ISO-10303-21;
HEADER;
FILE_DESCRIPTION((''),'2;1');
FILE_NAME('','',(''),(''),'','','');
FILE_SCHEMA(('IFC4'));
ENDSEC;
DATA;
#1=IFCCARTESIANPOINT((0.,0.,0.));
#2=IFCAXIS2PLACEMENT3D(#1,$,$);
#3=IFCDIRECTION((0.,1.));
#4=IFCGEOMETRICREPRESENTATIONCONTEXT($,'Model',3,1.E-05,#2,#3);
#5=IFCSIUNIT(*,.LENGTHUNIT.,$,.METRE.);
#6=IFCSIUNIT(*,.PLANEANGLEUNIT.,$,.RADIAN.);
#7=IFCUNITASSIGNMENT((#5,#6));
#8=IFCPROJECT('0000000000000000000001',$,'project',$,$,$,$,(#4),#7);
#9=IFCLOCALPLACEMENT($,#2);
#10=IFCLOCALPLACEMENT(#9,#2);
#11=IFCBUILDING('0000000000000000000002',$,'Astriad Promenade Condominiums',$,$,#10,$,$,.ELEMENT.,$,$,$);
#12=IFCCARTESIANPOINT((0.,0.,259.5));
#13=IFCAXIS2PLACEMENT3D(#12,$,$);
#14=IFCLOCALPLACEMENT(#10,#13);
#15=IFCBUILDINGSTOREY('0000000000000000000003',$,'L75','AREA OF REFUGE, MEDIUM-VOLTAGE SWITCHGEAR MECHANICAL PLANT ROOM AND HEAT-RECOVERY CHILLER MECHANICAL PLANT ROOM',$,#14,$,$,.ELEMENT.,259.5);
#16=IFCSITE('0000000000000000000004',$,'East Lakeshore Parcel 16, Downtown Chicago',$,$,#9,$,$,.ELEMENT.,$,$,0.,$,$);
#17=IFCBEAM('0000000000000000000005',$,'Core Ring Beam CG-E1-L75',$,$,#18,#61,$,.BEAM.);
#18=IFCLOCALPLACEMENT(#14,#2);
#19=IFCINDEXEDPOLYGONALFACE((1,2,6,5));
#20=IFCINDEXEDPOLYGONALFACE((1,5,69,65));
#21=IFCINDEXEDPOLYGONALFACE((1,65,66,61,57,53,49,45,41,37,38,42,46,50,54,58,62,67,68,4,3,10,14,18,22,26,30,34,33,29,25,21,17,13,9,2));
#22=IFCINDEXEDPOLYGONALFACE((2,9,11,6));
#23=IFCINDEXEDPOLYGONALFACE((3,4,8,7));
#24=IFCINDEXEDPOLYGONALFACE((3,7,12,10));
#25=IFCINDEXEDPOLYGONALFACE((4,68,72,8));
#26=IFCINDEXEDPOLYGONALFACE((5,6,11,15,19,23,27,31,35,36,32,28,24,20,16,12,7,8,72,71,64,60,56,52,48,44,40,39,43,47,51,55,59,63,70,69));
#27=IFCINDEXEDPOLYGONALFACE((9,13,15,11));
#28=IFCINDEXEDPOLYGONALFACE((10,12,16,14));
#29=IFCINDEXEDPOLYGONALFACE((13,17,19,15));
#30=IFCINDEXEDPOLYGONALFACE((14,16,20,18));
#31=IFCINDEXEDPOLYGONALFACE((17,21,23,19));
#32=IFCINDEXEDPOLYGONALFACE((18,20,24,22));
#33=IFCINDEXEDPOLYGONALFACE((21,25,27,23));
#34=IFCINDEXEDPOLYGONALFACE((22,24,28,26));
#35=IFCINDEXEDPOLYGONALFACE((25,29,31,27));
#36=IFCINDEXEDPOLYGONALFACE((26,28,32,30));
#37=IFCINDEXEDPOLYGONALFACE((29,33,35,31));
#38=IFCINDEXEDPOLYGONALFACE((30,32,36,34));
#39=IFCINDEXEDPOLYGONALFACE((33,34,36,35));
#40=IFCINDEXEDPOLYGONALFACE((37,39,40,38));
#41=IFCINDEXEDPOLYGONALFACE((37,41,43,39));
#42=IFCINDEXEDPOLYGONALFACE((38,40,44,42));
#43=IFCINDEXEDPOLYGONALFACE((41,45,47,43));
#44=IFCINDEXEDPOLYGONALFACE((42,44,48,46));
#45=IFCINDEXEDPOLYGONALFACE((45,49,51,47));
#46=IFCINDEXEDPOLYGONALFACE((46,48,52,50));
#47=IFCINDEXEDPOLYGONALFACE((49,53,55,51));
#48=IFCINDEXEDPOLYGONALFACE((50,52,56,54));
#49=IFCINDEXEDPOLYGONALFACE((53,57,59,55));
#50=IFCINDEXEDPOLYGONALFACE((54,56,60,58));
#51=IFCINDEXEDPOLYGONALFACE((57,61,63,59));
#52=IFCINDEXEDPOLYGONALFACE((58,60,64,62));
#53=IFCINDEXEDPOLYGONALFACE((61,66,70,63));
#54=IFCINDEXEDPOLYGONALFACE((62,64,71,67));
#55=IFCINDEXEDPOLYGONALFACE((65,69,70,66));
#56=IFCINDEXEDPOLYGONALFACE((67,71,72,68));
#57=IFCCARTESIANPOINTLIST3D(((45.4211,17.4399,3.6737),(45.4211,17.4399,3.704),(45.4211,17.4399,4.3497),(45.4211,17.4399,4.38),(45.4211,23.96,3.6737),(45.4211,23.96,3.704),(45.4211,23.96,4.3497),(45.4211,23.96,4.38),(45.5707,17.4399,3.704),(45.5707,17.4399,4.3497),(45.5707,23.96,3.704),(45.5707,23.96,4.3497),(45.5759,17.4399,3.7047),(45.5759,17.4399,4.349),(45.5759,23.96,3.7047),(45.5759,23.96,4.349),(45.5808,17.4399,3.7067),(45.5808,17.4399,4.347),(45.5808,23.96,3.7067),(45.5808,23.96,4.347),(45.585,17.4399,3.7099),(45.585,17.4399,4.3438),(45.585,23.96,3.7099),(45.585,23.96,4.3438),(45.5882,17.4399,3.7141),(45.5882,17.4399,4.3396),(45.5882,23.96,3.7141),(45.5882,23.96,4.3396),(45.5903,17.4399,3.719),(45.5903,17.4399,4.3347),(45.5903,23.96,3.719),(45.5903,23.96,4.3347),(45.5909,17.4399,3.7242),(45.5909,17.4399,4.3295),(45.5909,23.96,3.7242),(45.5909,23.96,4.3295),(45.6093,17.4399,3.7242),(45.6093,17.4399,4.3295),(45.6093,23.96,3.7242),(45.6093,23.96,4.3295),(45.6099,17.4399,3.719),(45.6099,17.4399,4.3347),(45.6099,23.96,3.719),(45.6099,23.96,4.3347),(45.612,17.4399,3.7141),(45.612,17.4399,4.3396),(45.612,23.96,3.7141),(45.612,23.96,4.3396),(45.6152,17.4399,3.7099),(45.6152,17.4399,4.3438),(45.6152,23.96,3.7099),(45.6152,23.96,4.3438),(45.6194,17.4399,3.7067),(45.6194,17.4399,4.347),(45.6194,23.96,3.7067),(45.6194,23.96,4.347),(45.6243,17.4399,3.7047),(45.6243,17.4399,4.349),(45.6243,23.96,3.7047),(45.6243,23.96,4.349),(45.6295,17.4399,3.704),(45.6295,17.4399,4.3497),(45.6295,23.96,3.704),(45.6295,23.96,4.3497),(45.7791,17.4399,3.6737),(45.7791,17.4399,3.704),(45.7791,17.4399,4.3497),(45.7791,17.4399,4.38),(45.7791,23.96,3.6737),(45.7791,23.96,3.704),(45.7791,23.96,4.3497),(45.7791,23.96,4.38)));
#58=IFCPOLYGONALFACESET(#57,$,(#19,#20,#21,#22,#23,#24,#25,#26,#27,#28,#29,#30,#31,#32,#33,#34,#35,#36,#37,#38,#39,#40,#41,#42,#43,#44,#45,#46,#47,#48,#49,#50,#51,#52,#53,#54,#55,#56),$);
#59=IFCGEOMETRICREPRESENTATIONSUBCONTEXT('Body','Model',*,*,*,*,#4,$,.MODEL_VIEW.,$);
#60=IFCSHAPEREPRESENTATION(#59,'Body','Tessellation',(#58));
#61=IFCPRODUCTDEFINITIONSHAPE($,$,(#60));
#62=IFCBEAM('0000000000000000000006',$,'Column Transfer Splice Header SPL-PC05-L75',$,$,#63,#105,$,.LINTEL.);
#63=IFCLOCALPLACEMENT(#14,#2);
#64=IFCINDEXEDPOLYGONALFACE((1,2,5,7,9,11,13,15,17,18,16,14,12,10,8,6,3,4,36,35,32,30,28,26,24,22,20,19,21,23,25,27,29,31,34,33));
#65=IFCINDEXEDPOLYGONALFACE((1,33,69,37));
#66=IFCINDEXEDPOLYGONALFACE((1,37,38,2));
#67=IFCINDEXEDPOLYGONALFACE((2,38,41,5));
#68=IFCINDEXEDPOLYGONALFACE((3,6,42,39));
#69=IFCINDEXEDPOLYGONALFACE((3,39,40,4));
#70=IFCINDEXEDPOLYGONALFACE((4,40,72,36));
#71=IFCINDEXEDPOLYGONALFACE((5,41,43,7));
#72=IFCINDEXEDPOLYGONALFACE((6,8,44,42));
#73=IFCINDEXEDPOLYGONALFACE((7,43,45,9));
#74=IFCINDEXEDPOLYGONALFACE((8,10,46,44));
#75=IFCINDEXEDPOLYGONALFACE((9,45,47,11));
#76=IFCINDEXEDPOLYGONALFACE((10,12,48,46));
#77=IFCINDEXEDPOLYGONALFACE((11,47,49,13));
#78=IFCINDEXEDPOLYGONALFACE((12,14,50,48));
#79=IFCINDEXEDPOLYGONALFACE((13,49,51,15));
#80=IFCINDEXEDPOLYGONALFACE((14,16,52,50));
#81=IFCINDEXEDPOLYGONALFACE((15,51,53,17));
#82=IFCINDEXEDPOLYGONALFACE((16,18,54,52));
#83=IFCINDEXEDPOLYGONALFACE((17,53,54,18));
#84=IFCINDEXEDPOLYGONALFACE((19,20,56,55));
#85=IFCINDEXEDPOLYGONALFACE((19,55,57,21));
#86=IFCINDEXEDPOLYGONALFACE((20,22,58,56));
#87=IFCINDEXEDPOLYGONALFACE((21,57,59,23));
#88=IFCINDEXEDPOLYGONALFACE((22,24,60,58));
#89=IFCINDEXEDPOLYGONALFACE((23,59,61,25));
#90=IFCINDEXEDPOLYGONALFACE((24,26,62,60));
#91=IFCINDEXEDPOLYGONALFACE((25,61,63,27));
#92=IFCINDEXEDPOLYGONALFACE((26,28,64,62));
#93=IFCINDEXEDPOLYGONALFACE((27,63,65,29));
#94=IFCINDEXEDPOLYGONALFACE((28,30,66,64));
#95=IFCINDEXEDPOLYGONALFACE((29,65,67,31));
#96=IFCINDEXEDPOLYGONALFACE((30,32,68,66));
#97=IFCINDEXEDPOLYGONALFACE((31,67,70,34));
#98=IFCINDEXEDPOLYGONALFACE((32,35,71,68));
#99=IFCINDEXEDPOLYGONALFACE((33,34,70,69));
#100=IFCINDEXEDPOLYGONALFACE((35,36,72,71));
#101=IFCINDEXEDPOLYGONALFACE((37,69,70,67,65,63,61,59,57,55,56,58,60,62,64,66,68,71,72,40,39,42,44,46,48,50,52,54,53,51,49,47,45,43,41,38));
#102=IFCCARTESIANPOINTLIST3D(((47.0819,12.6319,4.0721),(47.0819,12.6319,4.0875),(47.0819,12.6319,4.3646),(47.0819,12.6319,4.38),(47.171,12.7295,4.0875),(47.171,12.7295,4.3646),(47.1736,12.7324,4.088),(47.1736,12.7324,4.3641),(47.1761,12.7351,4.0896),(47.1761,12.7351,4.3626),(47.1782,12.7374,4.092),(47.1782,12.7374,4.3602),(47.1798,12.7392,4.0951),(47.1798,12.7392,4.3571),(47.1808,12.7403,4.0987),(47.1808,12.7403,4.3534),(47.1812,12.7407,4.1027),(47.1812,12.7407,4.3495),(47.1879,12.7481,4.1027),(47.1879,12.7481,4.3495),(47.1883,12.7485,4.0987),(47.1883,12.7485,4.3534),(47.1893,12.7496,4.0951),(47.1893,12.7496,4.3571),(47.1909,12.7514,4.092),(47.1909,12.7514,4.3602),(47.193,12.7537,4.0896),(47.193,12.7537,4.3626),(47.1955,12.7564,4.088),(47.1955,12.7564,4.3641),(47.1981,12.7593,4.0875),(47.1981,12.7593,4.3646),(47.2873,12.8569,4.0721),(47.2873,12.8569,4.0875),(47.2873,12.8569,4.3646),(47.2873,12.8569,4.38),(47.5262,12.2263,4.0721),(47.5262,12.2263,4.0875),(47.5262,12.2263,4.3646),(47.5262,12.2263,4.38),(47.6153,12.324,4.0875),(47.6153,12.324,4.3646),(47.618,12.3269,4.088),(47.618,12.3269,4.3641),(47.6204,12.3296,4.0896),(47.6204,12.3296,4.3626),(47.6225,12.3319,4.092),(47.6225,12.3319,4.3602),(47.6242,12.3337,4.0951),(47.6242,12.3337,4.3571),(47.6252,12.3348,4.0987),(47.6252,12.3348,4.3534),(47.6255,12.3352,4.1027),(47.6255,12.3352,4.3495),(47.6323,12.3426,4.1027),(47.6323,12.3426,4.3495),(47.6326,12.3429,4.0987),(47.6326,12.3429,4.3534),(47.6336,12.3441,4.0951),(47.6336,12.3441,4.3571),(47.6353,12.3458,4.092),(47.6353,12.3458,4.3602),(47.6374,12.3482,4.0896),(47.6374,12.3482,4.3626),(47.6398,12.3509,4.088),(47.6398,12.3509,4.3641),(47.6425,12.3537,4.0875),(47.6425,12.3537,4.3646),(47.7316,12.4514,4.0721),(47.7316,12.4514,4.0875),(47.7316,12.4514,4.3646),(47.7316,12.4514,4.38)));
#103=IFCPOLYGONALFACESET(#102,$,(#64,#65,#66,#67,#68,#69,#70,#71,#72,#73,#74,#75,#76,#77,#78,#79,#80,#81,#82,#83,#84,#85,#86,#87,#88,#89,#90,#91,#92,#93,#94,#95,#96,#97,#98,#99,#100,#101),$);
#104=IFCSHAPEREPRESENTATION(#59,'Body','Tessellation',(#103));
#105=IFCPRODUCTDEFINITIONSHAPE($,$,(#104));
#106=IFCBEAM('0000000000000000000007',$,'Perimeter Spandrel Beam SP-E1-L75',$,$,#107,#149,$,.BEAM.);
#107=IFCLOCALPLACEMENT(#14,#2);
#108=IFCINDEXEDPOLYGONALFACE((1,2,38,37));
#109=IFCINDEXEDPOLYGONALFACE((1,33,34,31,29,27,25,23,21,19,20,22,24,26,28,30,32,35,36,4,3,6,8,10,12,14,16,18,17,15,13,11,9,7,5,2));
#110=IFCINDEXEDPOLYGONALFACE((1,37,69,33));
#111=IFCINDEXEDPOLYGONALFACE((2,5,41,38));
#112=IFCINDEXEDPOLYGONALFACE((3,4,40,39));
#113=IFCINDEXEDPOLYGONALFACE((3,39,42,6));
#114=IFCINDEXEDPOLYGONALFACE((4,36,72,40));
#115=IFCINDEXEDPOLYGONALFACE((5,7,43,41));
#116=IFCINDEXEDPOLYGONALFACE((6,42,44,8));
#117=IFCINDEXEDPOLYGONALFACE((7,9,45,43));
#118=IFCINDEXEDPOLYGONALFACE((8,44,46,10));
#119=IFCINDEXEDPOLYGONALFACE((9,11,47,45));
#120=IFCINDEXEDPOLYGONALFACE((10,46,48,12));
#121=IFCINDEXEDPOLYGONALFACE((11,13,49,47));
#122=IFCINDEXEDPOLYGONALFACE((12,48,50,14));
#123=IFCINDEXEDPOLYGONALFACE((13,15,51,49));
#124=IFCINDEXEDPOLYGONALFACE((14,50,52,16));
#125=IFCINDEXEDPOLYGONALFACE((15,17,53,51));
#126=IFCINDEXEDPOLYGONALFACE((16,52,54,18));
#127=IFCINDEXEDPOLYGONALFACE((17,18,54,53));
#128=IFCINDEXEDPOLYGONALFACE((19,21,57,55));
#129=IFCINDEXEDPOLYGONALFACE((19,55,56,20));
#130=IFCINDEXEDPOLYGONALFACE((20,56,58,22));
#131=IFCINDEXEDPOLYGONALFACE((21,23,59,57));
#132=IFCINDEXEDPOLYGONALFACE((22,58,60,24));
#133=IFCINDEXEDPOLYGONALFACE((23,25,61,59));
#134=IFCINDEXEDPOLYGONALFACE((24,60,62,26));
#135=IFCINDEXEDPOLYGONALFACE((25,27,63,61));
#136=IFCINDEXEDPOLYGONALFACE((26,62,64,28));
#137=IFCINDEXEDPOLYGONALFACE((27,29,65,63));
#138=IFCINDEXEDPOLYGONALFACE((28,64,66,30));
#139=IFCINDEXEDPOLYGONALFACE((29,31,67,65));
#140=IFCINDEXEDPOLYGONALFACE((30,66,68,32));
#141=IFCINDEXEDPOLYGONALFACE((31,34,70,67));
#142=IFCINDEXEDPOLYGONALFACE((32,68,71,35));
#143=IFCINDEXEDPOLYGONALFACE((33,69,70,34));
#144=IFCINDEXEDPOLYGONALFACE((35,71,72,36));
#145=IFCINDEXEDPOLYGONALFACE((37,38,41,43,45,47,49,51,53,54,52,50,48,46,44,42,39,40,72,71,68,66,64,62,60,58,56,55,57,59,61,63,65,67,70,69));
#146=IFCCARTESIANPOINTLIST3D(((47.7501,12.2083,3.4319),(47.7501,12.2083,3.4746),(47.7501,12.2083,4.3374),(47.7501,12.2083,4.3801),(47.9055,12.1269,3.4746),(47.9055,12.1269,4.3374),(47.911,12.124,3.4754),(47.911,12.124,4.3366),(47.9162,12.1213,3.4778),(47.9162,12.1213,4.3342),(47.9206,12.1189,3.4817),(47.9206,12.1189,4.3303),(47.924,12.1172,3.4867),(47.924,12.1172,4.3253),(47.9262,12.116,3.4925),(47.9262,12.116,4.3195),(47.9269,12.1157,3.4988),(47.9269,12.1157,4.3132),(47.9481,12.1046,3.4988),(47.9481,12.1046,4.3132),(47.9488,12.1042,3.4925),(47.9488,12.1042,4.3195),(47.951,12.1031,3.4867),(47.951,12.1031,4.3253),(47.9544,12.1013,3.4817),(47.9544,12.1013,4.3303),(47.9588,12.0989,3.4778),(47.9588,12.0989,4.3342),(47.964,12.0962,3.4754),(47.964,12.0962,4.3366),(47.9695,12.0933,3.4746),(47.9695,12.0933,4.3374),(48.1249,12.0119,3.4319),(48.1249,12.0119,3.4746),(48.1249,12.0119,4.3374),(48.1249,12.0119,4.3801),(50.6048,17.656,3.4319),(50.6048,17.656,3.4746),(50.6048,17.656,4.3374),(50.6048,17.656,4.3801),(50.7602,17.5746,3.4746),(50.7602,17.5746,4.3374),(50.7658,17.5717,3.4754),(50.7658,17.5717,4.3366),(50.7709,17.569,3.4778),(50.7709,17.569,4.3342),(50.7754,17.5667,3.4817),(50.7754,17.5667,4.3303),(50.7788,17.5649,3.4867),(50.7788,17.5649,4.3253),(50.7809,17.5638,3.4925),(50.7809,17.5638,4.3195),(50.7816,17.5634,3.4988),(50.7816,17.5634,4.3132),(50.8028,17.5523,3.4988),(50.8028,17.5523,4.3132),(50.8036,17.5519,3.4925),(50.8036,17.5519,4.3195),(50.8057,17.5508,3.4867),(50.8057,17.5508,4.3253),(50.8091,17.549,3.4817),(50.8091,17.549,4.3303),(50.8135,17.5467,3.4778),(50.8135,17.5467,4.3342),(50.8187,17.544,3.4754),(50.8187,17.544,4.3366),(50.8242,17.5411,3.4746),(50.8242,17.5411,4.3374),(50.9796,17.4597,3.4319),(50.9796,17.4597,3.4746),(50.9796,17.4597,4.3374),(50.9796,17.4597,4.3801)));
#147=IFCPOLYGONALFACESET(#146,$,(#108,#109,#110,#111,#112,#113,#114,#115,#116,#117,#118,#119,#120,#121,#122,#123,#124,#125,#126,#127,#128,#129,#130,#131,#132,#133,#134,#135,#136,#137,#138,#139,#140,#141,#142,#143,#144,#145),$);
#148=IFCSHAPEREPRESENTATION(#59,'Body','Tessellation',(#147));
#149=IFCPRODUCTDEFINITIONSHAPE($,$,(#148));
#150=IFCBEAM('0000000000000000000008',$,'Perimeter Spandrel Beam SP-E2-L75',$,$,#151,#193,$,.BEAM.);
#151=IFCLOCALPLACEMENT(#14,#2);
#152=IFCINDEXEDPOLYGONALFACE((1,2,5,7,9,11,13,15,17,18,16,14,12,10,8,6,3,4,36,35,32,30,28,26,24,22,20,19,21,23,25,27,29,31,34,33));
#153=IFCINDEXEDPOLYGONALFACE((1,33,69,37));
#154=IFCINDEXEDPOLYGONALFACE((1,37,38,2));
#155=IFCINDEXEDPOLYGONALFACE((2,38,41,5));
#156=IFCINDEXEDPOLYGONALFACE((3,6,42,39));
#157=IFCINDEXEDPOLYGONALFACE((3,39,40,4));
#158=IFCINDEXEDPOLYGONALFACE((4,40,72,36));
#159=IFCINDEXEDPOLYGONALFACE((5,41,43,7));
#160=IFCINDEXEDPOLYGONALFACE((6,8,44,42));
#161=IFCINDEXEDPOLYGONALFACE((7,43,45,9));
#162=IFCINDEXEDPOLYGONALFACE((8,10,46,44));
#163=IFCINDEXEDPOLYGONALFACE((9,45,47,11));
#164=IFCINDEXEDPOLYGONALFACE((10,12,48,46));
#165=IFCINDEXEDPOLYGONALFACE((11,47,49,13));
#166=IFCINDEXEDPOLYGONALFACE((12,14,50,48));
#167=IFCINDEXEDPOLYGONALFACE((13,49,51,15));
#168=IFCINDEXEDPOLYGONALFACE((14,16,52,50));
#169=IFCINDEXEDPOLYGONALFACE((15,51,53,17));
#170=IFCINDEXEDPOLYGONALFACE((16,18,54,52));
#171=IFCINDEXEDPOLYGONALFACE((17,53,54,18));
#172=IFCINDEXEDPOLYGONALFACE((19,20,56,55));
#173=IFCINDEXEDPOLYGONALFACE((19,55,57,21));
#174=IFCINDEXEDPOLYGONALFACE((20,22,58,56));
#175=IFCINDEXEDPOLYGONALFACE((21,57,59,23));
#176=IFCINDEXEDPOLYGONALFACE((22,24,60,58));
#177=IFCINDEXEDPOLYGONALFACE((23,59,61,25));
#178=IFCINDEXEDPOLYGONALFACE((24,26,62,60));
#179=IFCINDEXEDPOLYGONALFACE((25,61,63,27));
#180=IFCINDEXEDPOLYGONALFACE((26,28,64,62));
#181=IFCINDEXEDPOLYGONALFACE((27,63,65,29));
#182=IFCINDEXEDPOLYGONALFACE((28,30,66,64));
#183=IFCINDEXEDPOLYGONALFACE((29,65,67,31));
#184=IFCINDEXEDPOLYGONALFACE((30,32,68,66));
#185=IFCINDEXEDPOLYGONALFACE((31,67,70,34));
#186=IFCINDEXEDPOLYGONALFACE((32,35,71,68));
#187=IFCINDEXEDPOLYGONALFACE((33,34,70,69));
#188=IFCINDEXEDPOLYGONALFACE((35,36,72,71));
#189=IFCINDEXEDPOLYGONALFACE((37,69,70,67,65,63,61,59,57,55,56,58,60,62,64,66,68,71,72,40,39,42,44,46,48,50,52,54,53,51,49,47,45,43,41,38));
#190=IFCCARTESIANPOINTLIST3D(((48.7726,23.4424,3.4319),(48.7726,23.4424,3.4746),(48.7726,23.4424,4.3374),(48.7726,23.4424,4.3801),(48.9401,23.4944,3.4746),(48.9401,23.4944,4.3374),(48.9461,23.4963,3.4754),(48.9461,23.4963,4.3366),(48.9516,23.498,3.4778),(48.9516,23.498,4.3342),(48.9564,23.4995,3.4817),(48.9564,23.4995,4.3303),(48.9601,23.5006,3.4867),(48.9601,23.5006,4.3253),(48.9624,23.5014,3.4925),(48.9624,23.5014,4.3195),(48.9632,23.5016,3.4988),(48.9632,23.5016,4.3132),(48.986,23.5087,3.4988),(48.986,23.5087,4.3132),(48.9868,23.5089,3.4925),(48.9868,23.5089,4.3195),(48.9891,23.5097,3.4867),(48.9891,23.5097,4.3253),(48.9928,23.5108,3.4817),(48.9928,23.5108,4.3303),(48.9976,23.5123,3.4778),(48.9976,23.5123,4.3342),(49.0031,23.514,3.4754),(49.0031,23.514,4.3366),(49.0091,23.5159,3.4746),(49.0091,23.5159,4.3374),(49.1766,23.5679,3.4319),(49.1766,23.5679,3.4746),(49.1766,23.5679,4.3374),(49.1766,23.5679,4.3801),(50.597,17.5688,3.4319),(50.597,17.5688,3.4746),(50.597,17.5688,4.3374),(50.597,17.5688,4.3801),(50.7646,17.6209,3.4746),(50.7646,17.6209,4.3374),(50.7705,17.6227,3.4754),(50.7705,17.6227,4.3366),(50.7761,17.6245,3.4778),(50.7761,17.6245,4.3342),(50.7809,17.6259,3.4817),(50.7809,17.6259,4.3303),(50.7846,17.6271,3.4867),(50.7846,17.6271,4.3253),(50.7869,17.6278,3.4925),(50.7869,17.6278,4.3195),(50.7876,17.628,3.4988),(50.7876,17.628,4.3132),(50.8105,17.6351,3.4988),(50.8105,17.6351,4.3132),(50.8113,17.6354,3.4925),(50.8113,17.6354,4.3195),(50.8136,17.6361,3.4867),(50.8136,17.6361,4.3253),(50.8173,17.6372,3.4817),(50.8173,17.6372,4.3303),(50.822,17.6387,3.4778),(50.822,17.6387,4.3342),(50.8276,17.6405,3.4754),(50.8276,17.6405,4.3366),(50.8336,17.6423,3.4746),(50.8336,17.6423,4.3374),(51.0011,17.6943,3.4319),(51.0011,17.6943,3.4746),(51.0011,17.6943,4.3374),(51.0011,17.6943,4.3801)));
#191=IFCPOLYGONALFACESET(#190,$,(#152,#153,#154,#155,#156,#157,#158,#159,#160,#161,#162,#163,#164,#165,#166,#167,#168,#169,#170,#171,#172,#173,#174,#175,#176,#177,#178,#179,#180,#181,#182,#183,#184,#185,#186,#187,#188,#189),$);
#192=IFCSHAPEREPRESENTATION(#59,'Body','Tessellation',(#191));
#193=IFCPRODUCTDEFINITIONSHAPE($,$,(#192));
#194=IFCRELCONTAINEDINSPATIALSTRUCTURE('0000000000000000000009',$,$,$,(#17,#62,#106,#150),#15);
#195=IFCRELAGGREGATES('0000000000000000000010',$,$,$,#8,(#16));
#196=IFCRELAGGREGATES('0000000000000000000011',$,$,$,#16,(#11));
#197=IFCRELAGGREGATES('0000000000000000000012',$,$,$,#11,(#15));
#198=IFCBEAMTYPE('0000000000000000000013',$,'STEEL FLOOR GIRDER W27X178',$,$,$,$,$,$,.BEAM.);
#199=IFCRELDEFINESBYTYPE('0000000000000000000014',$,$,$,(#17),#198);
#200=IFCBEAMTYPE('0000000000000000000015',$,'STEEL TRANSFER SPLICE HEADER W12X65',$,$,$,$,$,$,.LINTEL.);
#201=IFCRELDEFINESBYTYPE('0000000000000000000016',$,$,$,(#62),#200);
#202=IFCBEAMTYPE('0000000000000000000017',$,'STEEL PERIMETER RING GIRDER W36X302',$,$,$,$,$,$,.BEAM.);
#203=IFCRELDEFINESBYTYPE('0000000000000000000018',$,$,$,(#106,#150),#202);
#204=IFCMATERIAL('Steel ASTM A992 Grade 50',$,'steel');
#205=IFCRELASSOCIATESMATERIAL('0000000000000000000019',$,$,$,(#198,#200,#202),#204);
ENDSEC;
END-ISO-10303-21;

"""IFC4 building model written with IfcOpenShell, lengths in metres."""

from ifc_helpers import new_model, si_unit, direction, frame, origin, origin_2d, place, context, subcontext, project, spatial, i_section, extrude, source, transform, mapped, material, material_profile, profile_set, type_object, type_shapes, element, save


model = new_model("IFC4")

# Units and contexts
model_context = context("Model", 3, precision=1e-05, world=origin(), true_north=direction((0.0, 1.0)))
body_context = subcontext(model_context, "Body", "Model", "MODEL_VIEW")
ifc_project = project(units=[si_unit("LENGTHUNIT", "METRE"), si_unit("PLANEANGLEUNIT", "RADIAN")], contexts=[model_context])

# Site, building, storey
site_placement = place(None, origin())
site = spatial("IfcSite", under=ifc_project, at=site_placement, Name="East Lakeshore Parcel 16, Downtown Chicago", CompositionType="ELEMENT", RefElevation=0.0)
building_placement = place(site_placement, origin())
building = spatial("IfcBuilding", under=site, at=building_placement, Name="Astriad Promenade Condominiums", CompositionType="ELEMENT")
storey_placement = place(building_placement, frame((0.0, 0.0, 259.5)))
storey = spatial("IfcBuildingStorey", under=building, at=storey_placement, Name="L75", Description="AREA OF REFUGE, MEDIUM-VOLTAGE SWITCHGEAR MECHANICAL PLANT ROOM AND HEAT-RECOVERY CHILLER MECHANICAL PLANT ROOM", CompositionType="ELEMENT", Elevation=259.5)

# Shared definitions
ifc_material_1 = material(Name="Steel ASTM A992 Grade 50", Category="steel")

# Beams
ifc_material_profile_1 = material_profile(ifc_material_1, i_section(OverallWidth=0.3579, OverallDepth=0.7063, WebThickness=0.0183, FlangeThickness=0.0303, FilletRadius=0.0203, at=origin_2d()), Name="W27X178")
ifc_profile_set_1 = profile_set([ifc_material_profile_1], Name="Steel ASTM A992 Grade 50")
beam_type_1 = type_object("IfcBeamType", Name="STEEL FLOOR GIRDER W27X178", PredefinedType="BEAM", material=ifc_profile_set_1)
shared_shape_1 = source(origin(), body_context, "Body", "SweptSolid", [
    extrude(i_section(OverallWidth=0.3579, OverallDepth=0.7063, WebThickness=0.0183, FlangeThickness=0.0303, FilletRadius=0.0203, at=origin_2d()), origin(), (0.0, 0.0, 1.0), 6.52),
])
type_shapes(beam_type_1, [shared_shape_1])
beam_1_placement = place(storey_placement, frame((45.6001, 17.4399, 4.0269), z_axis=(0.0, 1.0, 0.0), x_axis=(-1.0, 0.0, 0.0)))
element("IfcBeam", 1, at=beam_1_placement, inside=storey, type_object=beam_type_1, Name="Core Ring Beam CG-E1-L75", PredefinedType="BEAM", context=body_context, shape_type="MappedRepresentation", body=[
    mapped(shared_shape_1, transform((0.0, 0.0, 0.0), scale=1.0)),
])
ifc_material_profile_2 = material_profile(ifc_material_1, i_section(OverallWidth=0.3047, OverallDepth=0.3079, WebThickness=0.01, FlangeThickness=0.0154, FilletRadius=0.0151, at=origin_2d()), Name="W12X65")
ifc_profile_set_2 = profile_set([ifc_material_profile_2], Name="Steel ASTM A992 Grade 50")
beam_type_2 = type_object("IfcBeamType", Name="STEEL TRANSFER SPLICE HEADER W12X65", PredefinedType="LINTEL", material=ifc_profile_set_2)
shared_shape_2 = source(origin(), body_context, "Body", "SweptSolid", [
    extrude(i_section(OverallWidth=0.3047, OverallDepth=0.3079, WebThickness=0.01, FlangeThickness=0.0154, FilletRadius=0.0151, at=origin_2d()), origin(), (0.0, 0.0, 1.0), 0.6016),
])
type_shapes(beam_type_2, [shared_shape_2])
beam_2_placement = place(storey_placement, frame((47.6289, 12.3389, 4.2261), z_axis=(-0.738635, 0.674106, 0.0), x_axis=(-0.674106, -0.738635, 0.0)))
element("IfcBeam", 2, at=beam_2_placement, inside=storey, type_object=beam_type_2, Name="Column Transfer Splice Header SPL-PC05-L75", PredefinedType="LINTEL", context=body_context, shape_type="MappedRepresentation", body=[
    mapped(shared_shape_2, transform((0.0, 0.0, 0.0), scale=1.0)),
])
ifc_material_profile_3 = material_profile(ifc_material_1, i_section(OverallWidth=0.4231, OverallDepth=0.9482, WebThickness=0.0239, FlangeThickness=0.0427, FilletRadius=0.0242, at=origin_2d()), Name="W36X302")
ifc_profile_set_3 = profile_set([ifc_material_profile_3], Name="Steel ASTM A992 Grade 50")
beam_type_3 = type_object("IfcBeamType", Name="STEEL PERIMETER RING GIRDER W36X302", PredefinedType="BEAM", material=ifc_profile_set_3)
shared_shape_3 = source(origin(), body_context, "Body", "SweptSolid", [
    extrude(i_section(OverallWidth=0.4231, OverallDepth=0.9482, WebThickness=0.0239, FlangeThickness=0.0427, FilletRadius=0.0242, at=origin_2d()), origin(), (0.0, 0.0, 1.0), 6.1504),
])
type_shapes(beam_type_3, [shared_shape_3])
for number, where, z_axis, x_axis, name in (
    (3, (47.9375, 12.1101, 3.906), (0.464154, 0.885755, 0.0), (-0.885755, 0.464154, 0.0), "Perimeter Spandrel Beam SP-E1-L75"),
    (4, (50.7991, 17.6316, 3.906), (-0.296643, 0.954989, 0.0), (-0.954989, -0.296643, 0.0), "Perimeter Spandrel Beam SP-E2-L75"),
):
    element("IfcBeam", number, at=place(storey_placement, frame(where, z_axis=z_axis, x_axis=x_axis)), inside=storey, type_object=beam_type_3, Name=name, PredefinedType="BEAM", context=body_context, shape_type="MappedRepresentation", body=[
        mapped(shared_shape_3, transform((0.0, 0.0, 0.0), scale=1.0)),
    ])

save(model, "model.ifc")
